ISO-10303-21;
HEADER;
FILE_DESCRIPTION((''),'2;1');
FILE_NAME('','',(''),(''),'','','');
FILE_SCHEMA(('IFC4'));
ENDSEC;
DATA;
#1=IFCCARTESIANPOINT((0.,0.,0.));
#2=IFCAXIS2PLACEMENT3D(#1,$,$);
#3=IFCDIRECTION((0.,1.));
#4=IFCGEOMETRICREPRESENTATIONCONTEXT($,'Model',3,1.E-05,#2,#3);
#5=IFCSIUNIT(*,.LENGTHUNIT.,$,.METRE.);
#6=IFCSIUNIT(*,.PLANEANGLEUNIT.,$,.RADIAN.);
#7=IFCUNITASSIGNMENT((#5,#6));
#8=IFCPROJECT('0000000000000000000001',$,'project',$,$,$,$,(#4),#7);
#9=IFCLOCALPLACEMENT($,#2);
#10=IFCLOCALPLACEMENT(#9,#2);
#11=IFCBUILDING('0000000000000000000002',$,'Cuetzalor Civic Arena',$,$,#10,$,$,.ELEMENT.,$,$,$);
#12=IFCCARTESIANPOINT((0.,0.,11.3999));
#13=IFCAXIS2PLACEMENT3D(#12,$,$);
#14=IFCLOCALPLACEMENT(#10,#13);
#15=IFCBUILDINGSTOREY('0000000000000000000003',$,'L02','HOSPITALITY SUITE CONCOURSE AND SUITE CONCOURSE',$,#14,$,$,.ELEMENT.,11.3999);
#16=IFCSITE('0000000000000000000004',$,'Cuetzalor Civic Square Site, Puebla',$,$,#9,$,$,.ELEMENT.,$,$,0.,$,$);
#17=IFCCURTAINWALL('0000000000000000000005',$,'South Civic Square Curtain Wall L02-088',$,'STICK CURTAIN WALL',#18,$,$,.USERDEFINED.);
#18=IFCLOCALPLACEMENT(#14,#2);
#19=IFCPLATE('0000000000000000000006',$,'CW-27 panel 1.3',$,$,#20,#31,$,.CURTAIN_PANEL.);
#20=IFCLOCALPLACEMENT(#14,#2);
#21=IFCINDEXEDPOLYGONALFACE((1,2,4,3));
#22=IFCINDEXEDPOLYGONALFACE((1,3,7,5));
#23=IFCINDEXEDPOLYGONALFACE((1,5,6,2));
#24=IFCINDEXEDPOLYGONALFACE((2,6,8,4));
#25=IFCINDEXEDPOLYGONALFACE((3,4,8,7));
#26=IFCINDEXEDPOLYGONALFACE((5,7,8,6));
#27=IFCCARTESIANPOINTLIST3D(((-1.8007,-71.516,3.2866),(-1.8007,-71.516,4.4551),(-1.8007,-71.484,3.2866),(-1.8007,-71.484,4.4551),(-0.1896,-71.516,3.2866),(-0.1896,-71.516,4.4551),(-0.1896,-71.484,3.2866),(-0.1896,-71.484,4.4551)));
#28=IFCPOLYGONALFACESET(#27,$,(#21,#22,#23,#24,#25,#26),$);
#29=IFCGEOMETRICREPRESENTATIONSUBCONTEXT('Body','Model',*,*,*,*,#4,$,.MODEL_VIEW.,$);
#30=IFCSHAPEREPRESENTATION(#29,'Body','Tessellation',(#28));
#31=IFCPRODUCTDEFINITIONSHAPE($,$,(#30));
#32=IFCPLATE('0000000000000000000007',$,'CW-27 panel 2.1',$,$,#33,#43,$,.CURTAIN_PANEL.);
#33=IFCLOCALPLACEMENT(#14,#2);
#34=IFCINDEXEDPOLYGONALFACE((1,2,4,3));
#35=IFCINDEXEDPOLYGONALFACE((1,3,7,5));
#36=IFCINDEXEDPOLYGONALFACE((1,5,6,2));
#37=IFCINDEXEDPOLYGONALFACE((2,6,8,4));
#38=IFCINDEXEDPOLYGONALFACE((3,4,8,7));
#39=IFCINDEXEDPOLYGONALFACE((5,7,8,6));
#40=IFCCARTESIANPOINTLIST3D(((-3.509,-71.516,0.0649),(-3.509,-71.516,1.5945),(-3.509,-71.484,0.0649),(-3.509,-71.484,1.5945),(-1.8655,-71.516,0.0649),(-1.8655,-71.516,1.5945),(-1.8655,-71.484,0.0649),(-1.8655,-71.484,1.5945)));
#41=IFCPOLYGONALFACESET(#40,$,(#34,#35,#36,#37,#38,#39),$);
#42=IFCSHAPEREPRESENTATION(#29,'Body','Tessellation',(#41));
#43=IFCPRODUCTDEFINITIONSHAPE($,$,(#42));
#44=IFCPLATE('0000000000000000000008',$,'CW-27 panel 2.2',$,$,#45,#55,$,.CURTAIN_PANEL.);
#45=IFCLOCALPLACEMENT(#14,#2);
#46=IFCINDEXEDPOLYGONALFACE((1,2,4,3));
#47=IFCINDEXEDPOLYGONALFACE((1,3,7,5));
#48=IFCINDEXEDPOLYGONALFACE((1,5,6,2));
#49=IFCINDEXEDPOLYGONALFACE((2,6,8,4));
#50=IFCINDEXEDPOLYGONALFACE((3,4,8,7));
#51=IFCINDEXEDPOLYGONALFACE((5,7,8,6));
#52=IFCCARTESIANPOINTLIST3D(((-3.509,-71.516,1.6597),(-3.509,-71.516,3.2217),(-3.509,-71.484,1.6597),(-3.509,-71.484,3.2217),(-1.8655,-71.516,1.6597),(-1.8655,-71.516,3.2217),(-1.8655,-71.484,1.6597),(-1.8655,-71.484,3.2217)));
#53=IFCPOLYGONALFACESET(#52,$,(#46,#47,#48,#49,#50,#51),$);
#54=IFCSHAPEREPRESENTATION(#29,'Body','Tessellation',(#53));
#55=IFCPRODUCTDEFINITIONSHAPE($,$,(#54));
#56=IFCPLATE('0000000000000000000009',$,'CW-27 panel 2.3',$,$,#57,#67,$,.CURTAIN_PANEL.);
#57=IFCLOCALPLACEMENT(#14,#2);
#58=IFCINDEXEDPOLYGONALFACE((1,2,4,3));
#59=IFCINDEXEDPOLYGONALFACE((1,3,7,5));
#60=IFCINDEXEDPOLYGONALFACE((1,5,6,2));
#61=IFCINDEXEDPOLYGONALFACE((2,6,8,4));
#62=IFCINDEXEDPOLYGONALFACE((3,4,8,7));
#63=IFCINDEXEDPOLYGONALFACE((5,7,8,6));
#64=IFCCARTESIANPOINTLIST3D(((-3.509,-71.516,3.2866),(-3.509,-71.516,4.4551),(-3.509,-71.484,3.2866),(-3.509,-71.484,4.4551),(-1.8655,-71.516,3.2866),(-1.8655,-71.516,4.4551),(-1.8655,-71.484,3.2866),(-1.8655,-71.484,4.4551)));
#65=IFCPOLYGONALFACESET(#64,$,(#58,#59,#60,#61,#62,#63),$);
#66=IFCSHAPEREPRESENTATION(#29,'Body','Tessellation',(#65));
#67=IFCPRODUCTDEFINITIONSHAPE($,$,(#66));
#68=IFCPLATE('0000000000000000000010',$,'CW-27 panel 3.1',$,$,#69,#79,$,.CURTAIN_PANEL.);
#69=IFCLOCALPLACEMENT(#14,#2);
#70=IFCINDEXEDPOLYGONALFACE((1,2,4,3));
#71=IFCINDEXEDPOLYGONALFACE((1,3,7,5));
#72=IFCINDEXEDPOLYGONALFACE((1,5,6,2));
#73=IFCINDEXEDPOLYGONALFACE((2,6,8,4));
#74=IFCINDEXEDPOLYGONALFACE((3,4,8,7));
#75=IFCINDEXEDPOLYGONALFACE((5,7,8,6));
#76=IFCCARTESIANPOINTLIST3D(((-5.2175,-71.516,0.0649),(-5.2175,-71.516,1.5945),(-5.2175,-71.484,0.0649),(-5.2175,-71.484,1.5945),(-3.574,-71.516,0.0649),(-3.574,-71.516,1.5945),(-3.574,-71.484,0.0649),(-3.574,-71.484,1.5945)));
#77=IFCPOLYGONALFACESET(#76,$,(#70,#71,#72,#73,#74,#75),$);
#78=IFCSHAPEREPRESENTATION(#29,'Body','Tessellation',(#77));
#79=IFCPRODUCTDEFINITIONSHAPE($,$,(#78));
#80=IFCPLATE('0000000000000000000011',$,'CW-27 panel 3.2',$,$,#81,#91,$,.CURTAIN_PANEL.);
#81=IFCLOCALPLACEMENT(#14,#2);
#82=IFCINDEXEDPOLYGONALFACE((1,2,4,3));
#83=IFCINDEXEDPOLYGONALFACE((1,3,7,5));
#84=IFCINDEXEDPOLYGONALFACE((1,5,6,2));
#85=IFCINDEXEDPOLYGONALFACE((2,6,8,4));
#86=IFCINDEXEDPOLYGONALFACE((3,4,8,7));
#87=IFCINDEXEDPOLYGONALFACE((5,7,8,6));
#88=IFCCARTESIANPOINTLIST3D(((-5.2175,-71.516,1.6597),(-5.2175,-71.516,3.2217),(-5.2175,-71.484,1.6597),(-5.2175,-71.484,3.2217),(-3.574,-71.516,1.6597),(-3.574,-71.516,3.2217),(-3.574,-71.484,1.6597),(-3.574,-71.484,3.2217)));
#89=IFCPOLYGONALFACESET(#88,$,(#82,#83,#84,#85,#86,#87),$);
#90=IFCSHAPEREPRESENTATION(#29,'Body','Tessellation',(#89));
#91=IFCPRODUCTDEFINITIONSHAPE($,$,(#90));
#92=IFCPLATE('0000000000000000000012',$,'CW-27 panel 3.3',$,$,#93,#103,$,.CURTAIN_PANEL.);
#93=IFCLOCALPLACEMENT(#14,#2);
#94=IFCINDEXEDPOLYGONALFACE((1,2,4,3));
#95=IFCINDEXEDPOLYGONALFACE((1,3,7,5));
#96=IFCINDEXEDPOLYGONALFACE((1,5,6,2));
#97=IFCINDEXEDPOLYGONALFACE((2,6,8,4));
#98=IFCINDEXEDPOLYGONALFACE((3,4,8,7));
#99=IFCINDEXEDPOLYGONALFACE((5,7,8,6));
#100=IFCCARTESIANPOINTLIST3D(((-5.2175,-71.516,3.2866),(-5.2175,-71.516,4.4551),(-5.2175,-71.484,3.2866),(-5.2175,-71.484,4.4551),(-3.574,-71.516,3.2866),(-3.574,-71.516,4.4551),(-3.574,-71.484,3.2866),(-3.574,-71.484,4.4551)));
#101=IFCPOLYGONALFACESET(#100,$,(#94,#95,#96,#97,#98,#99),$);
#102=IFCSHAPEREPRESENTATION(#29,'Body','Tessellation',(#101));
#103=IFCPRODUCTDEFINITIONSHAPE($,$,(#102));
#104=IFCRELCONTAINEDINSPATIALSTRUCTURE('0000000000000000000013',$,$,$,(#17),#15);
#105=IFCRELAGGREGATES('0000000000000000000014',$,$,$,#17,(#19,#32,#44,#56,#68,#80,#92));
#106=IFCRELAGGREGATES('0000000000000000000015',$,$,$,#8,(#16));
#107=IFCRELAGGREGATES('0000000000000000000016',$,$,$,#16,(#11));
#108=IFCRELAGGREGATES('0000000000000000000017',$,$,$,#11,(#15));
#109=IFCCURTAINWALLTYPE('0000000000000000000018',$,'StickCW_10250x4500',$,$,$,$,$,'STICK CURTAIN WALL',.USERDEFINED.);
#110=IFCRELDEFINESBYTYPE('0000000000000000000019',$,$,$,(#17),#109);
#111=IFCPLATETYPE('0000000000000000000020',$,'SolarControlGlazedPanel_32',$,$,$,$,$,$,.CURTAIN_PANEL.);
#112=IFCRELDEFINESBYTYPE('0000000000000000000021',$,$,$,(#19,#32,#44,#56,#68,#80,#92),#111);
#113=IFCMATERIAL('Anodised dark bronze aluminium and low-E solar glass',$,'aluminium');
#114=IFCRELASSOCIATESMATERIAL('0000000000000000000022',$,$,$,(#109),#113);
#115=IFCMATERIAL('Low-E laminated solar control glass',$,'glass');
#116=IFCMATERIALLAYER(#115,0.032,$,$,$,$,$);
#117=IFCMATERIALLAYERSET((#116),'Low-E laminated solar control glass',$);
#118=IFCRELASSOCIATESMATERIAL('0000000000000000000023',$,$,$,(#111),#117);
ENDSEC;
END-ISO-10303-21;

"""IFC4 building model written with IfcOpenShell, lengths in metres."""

from ifc_helpers import new_model, si_unit, direction, frame, origin, origin_2d, place, context, subcontext, project, spatial, rectangle, extrude, material, layer, layer_set, type_object, element, aggregate, save


model = new_model("IFC4")

# Units and contexts
model_context = context("Model", 3, precision=1e-05, world=origin(), true_north=direction((0.0, 1.0)))
body_context = subcontext(model_context, "Body", "Model", "MODEL_VIEW")
ifc_project = project(units=[si_unit("LENGTHUNIT", "METRE"), si_unit("PLANEANGLEUNIT", "RADIAN")], contexts=[model_context])

# Site, building, storey
site_placement = place(None, origin())
site = spatial("IfcSite", under=ifc_project, at=site_placement, Name="Cuetzalor Civic Square Site, Puebla", CompositionType="ELEMENT", RefElevation=0.0)
building_placement = place(site_placement, origin())
building = spatial("IfcBuilding", under=site, at=building_placement, Name="Cuetzalor Civic Arena", CompositionType="ELEMENT")
storey_placement = place(building_placement, frame((0.0, 0.0, 11.3999)))
storey = spatial("IfcBuildingStorey", under=building, at=storey_placement, Name="L02", Description="HOSPITALITY SUITE CONCOURSE AND SUITE CONCOURSE", CompositionType="ELEMENT", Elevation=11.3999)

# Curtain wall, plates
ifc_material_1 = material(Name="Anodised dark bronze aluminium and low-E solar glass", Category="aluminium")
curtain_wall_type = type_object("IfcCurtainWallType", Name="StickCW_10250x4500", ElementType="STICK CURTAIN WALL", PredefinedType="USERDEFINED", material=ifc_material_1)
curtain_wall_placement = place(storey_placement, origin())
curtain_wall = element("IfcCurtainWall", 1, at=curtain_wall_placement, inside=storey, type_object=curtain_wall_type, Name="South Civic Square Curtain Wall L02-088", ObjectType="STICK CURTAIN WALL", PredefinedType="USERDEFINED")
ifc_material_2 = material(Name="Low-E laminated solar control glass", Category="glass")
ifc_layer = layer(ifc_material_2, 0.032)
ifc_layer_set = layer_set([ifc_layer], Name="Low-E laminated solar control glass")
plate_type = type_object("IfcPlateType", Name="SolarControlGlazedPanel_32", PredefinedType="CURTAIN_PANEL", material=ifc_layer_set)
plate_1_placement = place(storey_placement, frame((-0.9951, -71.5, 3.2866), z_axis=(0.0, 0.0, 1.0), x_axis=(-1.0, 0.0, 0.0)))
plate_1 = element("IfcPlate", 2, at=plate_1_placement, type_object=plate_type, Name="CW-27 panel 1.3", PredefinedType="CURTAIN_PANEL", context=body_context, shape_type="SweptSolid", body=[
    extrude(rectangle(XDim=1.6111, YDim=0.032, at=origin_2d()), origin(), (0.0, 0.0, 1.0), 1.1685),
])
plate_2_placement = place(storey_placement, frame((-2.6873, -71.5, 0.0649), z_axis=(0.0, 0.0, 1.0), x_axis=(-1.0, 0.0, 0.0)))
plate_2 = element("IfcPlate", 3, at=plate_2_placement, type_object=plate_type, Name="CW-27 panel 2.1", PredefinedType="CURTAIN_PANEL", context=body_context, shape_type="SweptSolid", body=[
    extrude(rectangle(XDim=1.6436, YDim=0.032, at=origin_2d()), origin(), (0.0, 0.0, 1.0), 1.5295),
])
plate_3_placement = place(storey_placement, frame((-2.6873, -71.5, 1.6597), z_axis=(0.0, 0.0, 1.0), x_axis=(-1.0, 0.0, 0.0)))
plate_3 = element("IfcPlate", 4, at=plate_3_placement, type_object=plate_type, Name="CW-27 panel 2.2", PredefinedType="CURTAIN_PANEL", context=body_context, shape_type="SweptSolid", body=[
    extrude(rectangle(XDim=1.6436, YDim=0.032, at=origin_2d()), origin(), (0.0, 0.0, 1.0), 1.562),
])
plate_4_placement = place(storey_placement, frame((-2.6873, -71.5, 3.2866), z_axis=(0.0, 0.0, 1.0), x_axis=(-1.0, 0.0, 0.0)))
plate_4 = element("IfcPlate", 5, at=plate_4_placement, type_object=plate_type, Name="CW-27 panel 2.3", PredefinedType="CURTAIN_PANEL", context=body_context, shape_type="SweptSolid", body=[
    extrude(rectangle(XDim=1.6436, YDim=0.032, at=origin_2d()), origin(), (0.0, 0.0, 1.0), 1.1685),
])
plate_5_placement = place(storey_placement, frame((-4.3958, -71.5, 0.0649), z_axis=(0.0, 0.0, 1.0), x_axis=(-1.0, 0.0, 0.0)))
plate_5 = element("IfcPlate", 6, at=plate_5_placement, type_object=plate_type, Name="CW-27 panel 3.1", PredefinedType="CURTAIN_PANEL", context=body_context, shape_type="SweptSolid", body=[
    extrude(rectangle(XDim=1.6436, YDim=0.032, at=origin_2d()), origin(), (0.0, 0.0, 1.0), 1.5295),
])
plate_6_placement = place(storey_placement, frame((-4.3958, -71.5, 1.6597), z_axis=(0.0, 0.0, 1.0), x_axis=(-1.0, 0.0, 0.0)))
plate_6 = element("IfcPlate", 7, at=plate_6_placement, type_object=plate_type, Name="CW-27 panel 3.2", PredefinedType="CURTAIN_PANEL", context=body_context, shape_type="SweptSolid", body=[
    extrude(rectangle(XDim=1.6436, YDim=0.032, at=origin_2d()), origin(), (0.0, 0.0, 1.0), 1.562),
])
plate_7_placement = place(storey_placement, frame((-4.3958, -71.5, 3.2866), z_axis=(0.0, 0.0, 1.0), x_axis=(-1.0, 0.0, 0.0)))
plate_7 = element("IfcPlate", 8, at=plate_7_placement, type_object=plate_type, Name="CW-27 panel 3.3", PredefinedType="CURTAIN_PANEL", context=body_context, shape_type="SweptSolid", body=[
    extrude(rectangle(XDim=1.6436, YDim=0.032, at=origin_2d()), origin(), (0.0, 0.0, 1.0), 1.1685),
])
aggregate(curtain_wall, [plate_1, plate_2, plate_3, plate_4, plate_5, plate_6, plate_7])

save(model, "model.ifc")
